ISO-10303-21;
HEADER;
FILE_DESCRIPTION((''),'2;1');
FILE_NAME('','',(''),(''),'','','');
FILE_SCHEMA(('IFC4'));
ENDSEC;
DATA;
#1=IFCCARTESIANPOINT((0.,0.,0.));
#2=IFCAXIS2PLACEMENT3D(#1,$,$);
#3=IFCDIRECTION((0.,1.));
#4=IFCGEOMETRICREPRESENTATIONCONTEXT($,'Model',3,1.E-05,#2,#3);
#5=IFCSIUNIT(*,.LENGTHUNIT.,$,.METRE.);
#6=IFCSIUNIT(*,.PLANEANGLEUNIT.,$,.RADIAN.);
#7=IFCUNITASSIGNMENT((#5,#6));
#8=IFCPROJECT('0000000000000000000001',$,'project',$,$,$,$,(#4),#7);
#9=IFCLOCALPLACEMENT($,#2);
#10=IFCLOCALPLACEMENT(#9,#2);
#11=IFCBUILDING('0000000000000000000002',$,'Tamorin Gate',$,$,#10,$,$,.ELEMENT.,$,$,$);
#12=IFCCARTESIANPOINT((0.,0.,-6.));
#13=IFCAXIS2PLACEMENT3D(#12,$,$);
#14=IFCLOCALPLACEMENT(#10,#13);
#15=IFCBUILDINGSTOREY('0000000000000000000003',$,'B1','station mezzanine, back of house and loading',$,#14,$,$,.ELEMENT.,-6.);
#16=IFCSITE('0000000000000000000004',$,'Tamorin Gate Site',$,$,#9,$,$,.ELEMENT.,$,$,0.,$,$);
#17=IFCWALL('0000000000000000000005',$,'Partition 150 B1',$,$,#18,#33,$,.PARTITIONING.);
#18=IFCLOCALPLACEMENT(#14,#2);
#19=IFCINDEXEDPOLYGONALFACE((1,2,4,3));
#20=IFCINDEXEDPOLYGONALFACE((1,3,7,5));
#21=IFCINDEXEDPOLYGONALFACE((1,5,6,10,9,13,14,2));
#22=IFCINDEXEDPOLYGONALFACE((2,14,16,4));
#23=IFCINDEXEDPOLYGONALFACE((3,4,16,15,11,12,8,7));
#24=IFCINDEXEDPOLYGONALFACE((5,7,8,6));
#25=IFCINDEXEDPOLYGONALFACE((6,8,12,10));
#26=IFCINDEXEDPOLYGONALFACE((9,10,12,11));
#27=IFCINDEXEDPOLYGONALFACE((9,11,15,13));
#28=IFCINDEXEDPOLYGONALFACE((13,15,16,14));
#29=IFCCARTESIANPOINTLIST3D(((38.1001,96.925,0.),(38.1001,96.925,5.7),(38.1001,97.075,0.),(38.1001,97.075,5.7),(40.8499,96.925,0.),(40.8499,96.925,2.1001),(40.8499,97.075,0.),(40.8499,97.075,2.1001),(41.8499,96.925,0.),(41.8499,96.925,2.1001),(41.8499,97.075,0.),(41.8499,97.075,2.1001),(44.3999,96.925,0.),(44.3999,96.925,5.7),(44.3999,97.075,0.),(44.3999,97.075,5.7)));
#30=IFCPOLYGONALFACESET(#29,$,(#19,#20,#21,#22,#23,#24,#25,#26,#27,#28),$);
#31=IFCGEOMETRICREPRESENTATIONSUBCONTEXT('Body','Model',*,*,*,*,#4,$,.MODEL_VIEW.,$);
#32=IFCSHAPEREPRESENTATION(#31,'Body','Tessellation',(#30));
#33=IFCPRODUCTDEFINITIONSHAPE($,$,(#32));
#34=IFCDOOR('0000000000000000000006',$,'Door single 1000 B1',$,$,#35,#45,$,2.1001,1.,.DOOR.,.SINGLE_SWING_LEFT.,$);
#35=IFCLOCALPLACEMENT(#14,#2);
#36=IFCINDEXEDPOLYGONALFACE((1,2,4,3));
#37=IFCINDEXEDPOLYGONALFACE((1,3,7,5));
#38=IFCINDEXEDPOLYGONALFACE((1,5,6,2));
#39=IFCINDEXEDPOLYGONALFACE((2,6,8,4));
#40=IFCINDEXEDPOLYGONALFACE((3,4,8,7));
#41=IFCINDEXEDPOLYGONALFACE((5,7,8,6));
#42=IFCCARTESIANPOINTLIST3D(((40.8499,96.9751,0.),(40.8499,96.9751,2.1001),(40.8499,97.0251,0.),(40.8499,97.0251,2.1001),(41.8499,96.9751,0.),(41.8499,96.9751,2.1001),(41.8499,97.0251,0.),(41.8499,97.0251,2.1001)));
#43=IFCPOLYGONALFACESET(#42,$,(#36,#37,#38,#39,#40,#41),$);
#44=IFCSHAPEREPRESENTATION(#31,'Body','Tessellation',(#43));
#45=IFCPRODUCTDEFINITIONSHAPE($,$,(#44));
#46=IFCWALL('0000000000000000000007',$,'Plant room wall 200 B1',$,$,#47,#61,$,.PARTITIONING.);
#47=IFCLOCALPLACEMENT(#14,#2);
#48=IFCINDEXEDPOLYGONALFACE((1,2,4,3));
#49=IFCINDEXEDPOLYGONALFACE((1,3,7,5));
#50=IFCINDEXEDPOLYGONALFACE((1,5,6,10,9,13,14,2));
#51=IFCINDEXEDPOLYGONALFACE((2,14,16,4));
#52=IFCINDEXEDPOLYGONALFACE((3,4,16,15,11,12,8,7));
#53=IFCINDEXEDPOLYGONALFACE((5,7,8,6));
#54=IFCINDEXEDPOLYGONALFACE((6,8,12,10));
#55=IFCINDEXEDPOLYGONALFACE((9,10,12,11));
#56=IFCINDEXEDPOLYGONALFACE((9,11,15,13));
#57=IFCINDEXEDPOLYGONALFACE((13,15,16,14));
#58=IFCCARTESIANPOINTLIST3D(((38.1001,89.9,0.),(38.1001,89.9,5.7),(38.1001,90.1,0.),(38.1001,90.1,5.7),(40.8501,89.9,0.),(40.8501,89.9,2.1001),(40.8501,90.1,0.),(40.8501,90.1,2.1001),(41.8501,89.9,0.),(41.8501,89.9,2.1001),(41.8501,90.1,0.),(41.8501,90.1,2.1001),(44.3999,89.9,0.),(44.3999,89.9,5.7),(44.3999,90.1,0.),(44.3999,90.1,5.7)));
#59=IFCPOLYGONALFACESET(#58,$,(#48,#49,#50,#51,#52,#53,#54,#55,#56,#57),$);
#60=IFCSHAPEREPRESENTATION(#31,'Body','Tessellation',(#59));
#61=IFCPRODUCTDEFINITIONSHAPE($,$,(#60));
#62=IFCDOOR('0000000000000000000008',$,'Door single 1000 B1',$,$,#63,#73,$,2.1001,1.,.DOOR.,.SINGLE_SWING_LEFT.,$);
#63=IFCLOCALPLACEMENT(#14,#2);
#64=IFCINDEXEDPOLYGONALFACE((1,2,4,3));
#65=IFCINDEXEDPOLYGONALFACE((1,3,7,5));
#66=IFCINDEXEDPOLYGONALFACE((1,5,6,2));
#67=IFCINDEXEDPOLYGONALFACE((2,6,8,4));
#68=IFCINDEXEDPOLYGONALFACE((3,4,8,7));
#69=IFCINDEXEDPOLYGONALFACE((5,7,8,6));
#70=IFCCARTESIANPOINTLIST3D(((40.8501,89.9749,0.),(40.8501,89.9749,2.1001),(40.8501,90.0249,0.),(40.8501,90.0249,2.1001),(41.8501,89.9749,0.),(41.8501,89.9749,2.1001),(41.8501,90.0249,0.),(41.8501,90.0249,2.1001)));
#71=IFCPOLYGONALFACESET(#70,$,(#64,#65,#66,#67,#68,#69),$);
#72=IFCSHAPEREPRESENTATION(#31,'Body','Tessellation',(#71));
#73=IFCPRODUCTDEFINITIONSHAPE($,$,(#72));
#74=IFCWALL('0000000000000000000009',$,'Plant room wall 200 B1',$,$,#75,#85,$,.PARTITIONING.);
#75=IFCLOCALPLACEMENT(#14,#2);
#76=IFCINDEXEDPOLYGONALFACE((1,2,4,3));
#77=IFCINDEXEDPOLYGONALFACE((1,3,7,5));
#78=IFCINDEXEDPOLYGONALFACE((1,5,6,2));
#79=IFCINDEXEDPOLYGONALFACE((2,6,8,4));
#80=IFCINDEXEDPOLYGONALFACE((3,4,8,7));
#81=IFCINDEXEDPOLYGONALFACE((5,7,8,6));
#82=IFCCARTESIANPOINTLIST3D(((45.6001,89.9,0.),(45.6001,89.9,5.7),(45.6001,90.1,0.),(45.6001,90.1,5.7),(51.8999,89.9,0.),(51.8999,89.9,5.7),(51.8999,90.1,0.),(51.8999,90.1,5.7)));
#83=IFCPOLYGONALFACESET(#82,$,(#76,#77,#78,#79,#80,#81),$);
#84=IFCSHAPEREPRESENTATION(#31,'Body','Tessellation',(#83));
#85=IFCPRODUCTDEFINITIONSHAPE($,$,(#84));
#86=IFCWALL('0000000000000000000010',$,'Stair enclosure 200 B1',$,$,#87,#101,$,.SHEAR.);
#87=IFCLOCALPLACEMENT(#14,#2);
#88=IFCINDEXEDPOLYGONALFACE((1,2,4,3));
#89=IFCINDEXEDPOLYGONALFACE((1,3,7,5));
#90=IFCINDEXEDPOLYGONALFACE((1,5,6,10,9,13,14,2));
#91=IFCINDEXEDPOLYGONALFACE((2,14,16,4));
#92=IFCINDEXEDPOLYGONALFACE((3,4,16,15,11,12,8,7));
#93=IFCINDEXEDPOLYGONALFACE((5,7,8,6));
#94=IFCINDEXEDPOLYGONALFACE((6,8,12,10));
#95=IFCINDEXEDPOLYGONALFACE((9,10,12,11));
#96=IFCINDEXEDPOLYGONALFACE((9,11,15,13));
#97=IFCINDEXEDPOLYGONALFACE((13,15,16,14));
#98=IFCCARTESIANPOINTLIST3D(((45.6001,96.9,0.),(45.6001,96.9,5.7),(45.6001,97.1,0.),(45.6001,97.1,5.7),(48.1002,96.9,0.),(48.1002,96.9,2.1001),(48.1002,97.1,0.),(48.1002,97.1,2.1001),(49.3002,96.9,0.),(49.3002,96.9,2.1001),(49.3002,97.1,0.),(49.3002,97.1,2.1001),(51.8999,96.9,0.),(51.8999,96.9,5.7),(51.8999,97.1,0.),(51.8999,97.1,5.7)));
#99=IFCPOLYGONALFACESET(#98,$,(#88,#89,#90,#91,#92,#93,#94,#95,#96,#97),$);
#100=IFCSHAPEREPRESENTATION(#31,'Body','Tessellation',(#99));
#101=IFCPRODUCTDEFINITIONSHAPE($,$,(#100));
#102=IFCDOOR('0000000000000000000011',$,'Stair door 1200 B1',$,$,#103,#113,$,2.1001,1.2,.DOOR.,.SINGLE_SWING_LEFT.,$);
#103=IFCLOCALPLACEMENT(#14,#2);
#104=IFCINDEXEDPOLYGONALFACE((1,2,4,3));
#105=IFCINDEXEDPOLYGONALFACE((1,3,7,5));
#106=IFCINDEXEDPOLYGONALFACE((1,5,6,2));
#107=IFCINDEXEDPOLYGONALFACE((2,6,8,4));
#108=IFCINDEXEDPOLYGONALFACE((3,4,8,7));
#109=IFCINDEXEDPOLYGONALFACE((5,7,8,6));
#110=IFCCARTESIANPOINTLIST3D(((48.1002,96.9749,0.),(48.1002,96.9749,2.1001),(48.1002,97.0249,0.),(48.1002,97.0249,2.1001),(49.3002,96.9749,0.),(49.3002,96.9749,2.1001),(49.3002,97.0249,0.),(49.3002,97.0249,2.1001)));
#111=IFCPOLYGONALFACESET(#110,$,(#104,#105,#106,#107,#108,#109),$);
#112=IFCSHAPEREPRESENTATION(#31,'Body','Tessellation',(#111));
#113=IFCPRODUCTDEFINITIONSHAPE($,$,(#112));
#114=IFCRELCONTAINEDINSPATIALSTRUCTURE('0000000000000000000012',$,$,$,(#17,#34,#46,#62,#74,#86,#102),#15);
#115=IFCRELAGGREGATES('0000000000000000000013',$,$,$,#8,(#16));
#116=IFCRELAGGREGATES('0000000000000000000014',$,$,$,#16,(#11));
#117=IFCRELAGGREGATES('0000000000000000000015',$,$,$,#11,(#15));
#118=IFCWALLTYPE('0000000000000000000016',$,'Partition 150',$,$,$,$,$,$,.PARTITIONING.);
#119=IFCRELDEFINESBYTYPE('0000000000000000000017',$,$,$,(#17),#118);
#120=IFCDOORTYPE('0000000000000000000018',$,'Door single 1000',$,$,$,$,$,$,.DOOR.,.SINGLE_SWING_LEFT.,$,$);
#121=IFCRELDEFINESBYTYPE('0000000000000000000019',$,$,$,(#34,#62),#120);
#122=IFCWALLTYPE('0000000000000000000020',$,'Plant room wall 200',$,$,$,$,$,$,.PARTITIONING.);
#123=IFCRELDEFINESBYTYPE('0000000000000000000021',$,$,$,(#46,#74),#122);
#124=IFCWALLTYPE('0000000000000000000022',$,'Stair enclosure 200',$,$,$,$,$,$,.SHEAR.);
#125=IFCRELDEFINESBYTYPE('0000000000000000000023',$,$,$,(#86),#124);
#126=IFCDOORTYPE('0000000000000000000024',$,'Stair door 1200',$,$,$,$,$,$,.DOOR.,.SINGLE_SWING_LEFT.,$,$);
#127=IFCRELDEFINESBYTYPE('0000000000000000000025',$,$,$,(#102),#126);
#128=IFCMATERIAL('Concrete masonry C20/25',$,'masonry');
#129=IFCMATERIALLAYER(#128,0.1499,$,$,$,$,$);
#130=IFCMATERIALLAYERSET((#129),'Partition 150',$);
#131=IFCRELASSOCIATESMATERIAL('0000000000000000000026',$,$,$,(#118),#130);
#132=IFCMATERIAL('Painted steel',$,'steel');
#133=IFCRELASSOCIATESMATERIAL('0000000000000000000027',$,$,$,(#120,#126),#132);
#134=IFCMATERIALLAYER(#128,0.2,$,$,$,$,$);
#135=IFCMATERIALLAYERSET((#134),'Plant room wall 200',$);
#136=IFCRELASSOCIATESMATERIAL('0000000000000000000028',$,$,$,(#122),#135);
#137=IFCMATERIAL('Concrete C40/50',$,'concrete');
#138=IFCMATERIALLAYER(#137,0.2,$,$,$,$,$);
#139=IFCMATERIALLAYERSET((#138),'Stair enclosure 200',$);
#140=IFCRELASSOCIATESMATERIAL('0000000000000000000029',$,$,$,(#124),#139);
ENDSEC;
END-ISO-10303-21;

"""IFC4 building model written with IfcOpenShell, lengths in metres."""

from ifc_helpers import new_model, si_unit, direction, frame, frame_2d, origin, place, context, subcontext, project, spatial, rectangle, extrude, material, layer, layer_set, type_object, element, fill, save


model = new_model("IFC4")

# Units and contexts
model_context = context("Model", 3, precision=1e-05, world=origin(), true_north=direction((0.0, 1.0)))
body_context = subcontext(model_context, "Body", "Model", "MODEL_VIEW")
ifc_project = project(units=[si_unit("LENGTHUNIT", "METRE"), si_unit("PLANEANGLEUNIT", "RADIAN")], contexts=[model_context])

# Site, building, storey
site_placement = place(None, origin())
site = spatial("IfcSite", under=ifc_project, at=site_placement, Name="Tamorin Gate Site", CompositionType="ELEMENT", RefElevation=0.0)
building_placement = place(site_placement, origin())
building = spatial("IfcBuilding", under=site, at=building_placement, Name="Tamorin Gate", CompositionType="ELEMENT")
storey_placement = place(building_placement, frame((0.0, 0.0, -6.0)))
storey = spatial("IfcBuildingStorey", under=building, at=storey_placement, Name="B1", Description="station mezzanine, back of house and loading", CompositionType="ELEMENT", Elevation=-6.0)

# Shared definitions
ifc_material_1 = material(Name="Concrete C40/50", Category="concrete")

# Walls, openings, doors
ifc_material_2 = material(Name="Concrete masonry C20/25", Category="masonry")
ifc_layer_1 = layer(ifc_material_2, 0.1499)
ifc_layer_set_1 = layer_set([ifc_layer_1], Name="Partition 150")
wall_type_1 = type_object("IfcWallType", Name="Partition 150", PredefinedType="PARTITIONING", material=ifc_layer_set_1)
wall_1_placement = place(storey_placement, frame((44.3999, 97.0, 0.0), z_axis=(0.0, 0.0, 1.0), x_axis=(-1.0, 0.0, 0.0)))
wall_1 = element("IfcWall", 1, at=wall_1_placement, inside=storey, type_object=wall_type_1, Name="Partition 150 B1", PredefinedType="PARTITIONING", context=body_context, shape_type="SweptSolid", body=[
    extrude(rectangle(XDim=6.2998, YDim=0.1499, at=frame_2d((3.1499, 0.0))), origin(), (0.0, 0.0, 1.0), 5.7),
])
opening_1_placement = place(wall_1_placement, frame((2.55, 0.0, 0.0)))
opening_1 = element("IfcOpeningElement", 2, at=opening_1_placement, cuts=wall_1, PredefinedType="OPENING", context=body_context, shape_type="SweptSolid", body=[
    extrude(rectangle(XDim=1.0, YDim=2.1001, at=frame_2d((0.5, 1.05))), frame((0.0, 0.085, 0.0), z_axis=(0.0, -1.0, 0.0), x_axis=(1.0, 0.0, 0.0)), (0.0, 0.0, 1.0), 0.1699),
])
ifc_material_3 = material(Name="Painted steel", Category="steel")
door_type_1 = type_object("IfcDoorType", Name="Door single 1000", OperationType="SINGLE_SWING_LEFT", PredefinedType="DOOR", material=ifc_material_3)
door_1_placement = place(opening_1_placement, origin())
door_1 = element("IfcDoor", 3, at=door_1_placement, inside=storey, type_object=door_type_1, Name="Door single 1000 B1", OperationType="SINGLE_SWING_LEFT", OverallHeight=2.1001, OverallWidth=1.0, PredefinedType="DOOR", context=body_context, shape_type="SweptSolid", body=[
    extrude(rectangle(XDim=1.0, YDim=2.1001, at=frame_2d((0.5, 1.05))), frame((0.0, 0.0249, 0.0), z_axis=(0.0, -1.0, 0.0), x_axis=(1.0, 0.0, 0.0)), (0.0, 0.0, 1.0), 0.05),
])
fill(opening_1, door_1)
ifc_layer_2 = layer(ifc_material_2, 0.2)
ifc_layer_set_2 = layer_set([ifc_layer_2], Name="Plant room wall 200")
wall_type_2 = type_object("IfcWallType", Name="Plant room wall 200", PredefinedType="PARTITIONING", material=ifc_layer_set_2)
wall_2_placement = place(storey_placement, frame((38.1001, 90.0, 0.0), z_axis=(0.0, 0.0, 1.0), x_axis=(1.0, 0.0, 0.0)))
wall_2 = element("IfcWall", 4, at=wall_2_placement, inside=storey, type_object=wall_type_2, Name="Plant room wall 200 B1", PredefinedType="PARTITIONING", context=body_context, shape_type="SweptSolid", body=[
    extrude(rectangle(XDim=6.2998, YDim=0.2, at=frame_2d((3.1499, 0.0))), origin(), (0.0, 0.0, 1.0), 5.7),
])
opening_2_placement = place(wall_2_placement, frame((2.75, 0.0, 0.0)))
opening_2 = element("IfcOpeningElement", 5, at=opening_2_placement, cuts=wall_2, PredefinedType="OPENING", context=body_context, shape_type="SweptSolid", body=[
    extrude(rectangle(XDim=1.0, YDim=2.1001, at=frame_2d((0.5, 1.05))), frame((0.0, 0.1099, 0.0), z_axis=(0.0, -1.0, 0.0), x_axis=(1.0, 0.0, 0.0)), (0.0, 0.0, 1.0), 0.22),
])
door_2_placement = place(opening_2_placement, origin())
door_2 = element("IfcDoor", 6, at=door_2_placement, inside=storey, type_object=door_type_1, Name="Door single 1000 B1", OperationType="SINGLE_SWING_LEFT", OverallHeight=2.1001, OverallWidth=1.0, PredefinedType="DOOR", context=body_context, shape_type="SweptSolid", body=[
    extrude(rectangle(XDim=1.0, YDim=2.1001, at=frame_2d((0.5, 1.05))), frame((0.0, 0.0249, 0.0), z_axis=(0.0, -1.0, 0.0), x_axis=(1.0, 0.0, 0.0)), (0.0, 0.0, 1.0), 0.05),
])
fill(opening_2, door_2)

# Wall
wall_3_placement = place(storey_placement, frame((45.6001, 90.0, 0.0), z_axis=(0.0, 0.0, 1.0), x_axis=(1.0, 0.0, 0.0)))
element("IfcWall", 7, at=wall_3_placement, inside=storey, type_object=wall_type_2, Name="Plant room wall 200 B1", PredefinedType="PARTITIONING", context=body_context, shape_type="SweptSolid", body=[
    extrude(rectangle(XDim=6.2998, YDim=0.2, at=frame_2d((3.1499, 0.0))), origin(), (0.0, 0.0, 1.0), 5.7),
])

# Wall, opening, door
ifc_layer_3 = layer(ifc_material_1, 0.2)
ifc_layer_set_3 = layer_set([ifc_layer_3], Name="Stair enclosure 200")
wall_type_3 = type_object("IfcWallType", Name="Stair enclosure 200", PredefinedType="SHEAR", material=ifc_layer_set_3)
wall_4_placement = place(storey_placement, frame((45.6001, 97.0, 0.0), z_axis=(0.0, 0.0, 1.0), x_axis=(1.0, 0.0, 0.0)))
wall_4 = element("IfcWall", 8, at=wall_4_placement, inside=storey, type_object=wall_type_3, Name="Stair enclosure 200 B1", PredefinedType="SHEAR", context=body_context, shape_type="SweptSolid", body=[
    extrude(rectangle(XDim=6.2998, YDim=0.2, at=frame_2d((3.1499, 0.0))), origin(), (0.0, 0.0, 1.0), 5.7),
])
opening_3_placement = place(wall_4_placement, frame((2.5, 0.0, 0.0)))
opening_3 = element("IfcOpeningElement", 9, at=opening_3_placement, cuts=wall_4, PredefinedType="OPENING", context=body_context, shape_type="SweptSolid", body=[
    extrude(rectangle(XDim=1.2, YDim=2.1001, at=frame_2d((0.6001, 1.05))), frame((0.0, 0.1099, 0.0), z_axis=(0.0, -1.0, 0.0), x_axis=(1.0, 0.0, 0.0)), (0.0, 0.0, 1.0), 0.22),
])
door_type_2 = type_object("IfcDoorType", Name="Stair door 1200", OperationType="SINGLE_SWING_LEFT", PredefinedType="DOOR", material=ifc_material_3)
door_3_placement = place(opening_3_placement, origin())
door_3 = element("IfcDoor", 10, at=door_3_placement, inside=storey, type_object=door_type_2, Name="Stair door 1200 B1", OperationType="SINGLE_SWING_LEFT", OverallHeight=2.1001, OverallWidth=1.2, PredefinedType="DOOR", context=body_context, shape_type="SweptSolid", body=[
    extrude(rectangle(XDim=1.2, YDim=2.1001, at=frame_2d((0.6001, 1.05))), frame((0.0, 0.0249, 0.0), z_axis=(0.0, -1.0, 0.0), x_axis=(1.0, 0.0, 0.0)), (0.0, 0.0, 1.0), 0.05),
])
fill(opening_3, door_3)

save(model, "model.ifc")
